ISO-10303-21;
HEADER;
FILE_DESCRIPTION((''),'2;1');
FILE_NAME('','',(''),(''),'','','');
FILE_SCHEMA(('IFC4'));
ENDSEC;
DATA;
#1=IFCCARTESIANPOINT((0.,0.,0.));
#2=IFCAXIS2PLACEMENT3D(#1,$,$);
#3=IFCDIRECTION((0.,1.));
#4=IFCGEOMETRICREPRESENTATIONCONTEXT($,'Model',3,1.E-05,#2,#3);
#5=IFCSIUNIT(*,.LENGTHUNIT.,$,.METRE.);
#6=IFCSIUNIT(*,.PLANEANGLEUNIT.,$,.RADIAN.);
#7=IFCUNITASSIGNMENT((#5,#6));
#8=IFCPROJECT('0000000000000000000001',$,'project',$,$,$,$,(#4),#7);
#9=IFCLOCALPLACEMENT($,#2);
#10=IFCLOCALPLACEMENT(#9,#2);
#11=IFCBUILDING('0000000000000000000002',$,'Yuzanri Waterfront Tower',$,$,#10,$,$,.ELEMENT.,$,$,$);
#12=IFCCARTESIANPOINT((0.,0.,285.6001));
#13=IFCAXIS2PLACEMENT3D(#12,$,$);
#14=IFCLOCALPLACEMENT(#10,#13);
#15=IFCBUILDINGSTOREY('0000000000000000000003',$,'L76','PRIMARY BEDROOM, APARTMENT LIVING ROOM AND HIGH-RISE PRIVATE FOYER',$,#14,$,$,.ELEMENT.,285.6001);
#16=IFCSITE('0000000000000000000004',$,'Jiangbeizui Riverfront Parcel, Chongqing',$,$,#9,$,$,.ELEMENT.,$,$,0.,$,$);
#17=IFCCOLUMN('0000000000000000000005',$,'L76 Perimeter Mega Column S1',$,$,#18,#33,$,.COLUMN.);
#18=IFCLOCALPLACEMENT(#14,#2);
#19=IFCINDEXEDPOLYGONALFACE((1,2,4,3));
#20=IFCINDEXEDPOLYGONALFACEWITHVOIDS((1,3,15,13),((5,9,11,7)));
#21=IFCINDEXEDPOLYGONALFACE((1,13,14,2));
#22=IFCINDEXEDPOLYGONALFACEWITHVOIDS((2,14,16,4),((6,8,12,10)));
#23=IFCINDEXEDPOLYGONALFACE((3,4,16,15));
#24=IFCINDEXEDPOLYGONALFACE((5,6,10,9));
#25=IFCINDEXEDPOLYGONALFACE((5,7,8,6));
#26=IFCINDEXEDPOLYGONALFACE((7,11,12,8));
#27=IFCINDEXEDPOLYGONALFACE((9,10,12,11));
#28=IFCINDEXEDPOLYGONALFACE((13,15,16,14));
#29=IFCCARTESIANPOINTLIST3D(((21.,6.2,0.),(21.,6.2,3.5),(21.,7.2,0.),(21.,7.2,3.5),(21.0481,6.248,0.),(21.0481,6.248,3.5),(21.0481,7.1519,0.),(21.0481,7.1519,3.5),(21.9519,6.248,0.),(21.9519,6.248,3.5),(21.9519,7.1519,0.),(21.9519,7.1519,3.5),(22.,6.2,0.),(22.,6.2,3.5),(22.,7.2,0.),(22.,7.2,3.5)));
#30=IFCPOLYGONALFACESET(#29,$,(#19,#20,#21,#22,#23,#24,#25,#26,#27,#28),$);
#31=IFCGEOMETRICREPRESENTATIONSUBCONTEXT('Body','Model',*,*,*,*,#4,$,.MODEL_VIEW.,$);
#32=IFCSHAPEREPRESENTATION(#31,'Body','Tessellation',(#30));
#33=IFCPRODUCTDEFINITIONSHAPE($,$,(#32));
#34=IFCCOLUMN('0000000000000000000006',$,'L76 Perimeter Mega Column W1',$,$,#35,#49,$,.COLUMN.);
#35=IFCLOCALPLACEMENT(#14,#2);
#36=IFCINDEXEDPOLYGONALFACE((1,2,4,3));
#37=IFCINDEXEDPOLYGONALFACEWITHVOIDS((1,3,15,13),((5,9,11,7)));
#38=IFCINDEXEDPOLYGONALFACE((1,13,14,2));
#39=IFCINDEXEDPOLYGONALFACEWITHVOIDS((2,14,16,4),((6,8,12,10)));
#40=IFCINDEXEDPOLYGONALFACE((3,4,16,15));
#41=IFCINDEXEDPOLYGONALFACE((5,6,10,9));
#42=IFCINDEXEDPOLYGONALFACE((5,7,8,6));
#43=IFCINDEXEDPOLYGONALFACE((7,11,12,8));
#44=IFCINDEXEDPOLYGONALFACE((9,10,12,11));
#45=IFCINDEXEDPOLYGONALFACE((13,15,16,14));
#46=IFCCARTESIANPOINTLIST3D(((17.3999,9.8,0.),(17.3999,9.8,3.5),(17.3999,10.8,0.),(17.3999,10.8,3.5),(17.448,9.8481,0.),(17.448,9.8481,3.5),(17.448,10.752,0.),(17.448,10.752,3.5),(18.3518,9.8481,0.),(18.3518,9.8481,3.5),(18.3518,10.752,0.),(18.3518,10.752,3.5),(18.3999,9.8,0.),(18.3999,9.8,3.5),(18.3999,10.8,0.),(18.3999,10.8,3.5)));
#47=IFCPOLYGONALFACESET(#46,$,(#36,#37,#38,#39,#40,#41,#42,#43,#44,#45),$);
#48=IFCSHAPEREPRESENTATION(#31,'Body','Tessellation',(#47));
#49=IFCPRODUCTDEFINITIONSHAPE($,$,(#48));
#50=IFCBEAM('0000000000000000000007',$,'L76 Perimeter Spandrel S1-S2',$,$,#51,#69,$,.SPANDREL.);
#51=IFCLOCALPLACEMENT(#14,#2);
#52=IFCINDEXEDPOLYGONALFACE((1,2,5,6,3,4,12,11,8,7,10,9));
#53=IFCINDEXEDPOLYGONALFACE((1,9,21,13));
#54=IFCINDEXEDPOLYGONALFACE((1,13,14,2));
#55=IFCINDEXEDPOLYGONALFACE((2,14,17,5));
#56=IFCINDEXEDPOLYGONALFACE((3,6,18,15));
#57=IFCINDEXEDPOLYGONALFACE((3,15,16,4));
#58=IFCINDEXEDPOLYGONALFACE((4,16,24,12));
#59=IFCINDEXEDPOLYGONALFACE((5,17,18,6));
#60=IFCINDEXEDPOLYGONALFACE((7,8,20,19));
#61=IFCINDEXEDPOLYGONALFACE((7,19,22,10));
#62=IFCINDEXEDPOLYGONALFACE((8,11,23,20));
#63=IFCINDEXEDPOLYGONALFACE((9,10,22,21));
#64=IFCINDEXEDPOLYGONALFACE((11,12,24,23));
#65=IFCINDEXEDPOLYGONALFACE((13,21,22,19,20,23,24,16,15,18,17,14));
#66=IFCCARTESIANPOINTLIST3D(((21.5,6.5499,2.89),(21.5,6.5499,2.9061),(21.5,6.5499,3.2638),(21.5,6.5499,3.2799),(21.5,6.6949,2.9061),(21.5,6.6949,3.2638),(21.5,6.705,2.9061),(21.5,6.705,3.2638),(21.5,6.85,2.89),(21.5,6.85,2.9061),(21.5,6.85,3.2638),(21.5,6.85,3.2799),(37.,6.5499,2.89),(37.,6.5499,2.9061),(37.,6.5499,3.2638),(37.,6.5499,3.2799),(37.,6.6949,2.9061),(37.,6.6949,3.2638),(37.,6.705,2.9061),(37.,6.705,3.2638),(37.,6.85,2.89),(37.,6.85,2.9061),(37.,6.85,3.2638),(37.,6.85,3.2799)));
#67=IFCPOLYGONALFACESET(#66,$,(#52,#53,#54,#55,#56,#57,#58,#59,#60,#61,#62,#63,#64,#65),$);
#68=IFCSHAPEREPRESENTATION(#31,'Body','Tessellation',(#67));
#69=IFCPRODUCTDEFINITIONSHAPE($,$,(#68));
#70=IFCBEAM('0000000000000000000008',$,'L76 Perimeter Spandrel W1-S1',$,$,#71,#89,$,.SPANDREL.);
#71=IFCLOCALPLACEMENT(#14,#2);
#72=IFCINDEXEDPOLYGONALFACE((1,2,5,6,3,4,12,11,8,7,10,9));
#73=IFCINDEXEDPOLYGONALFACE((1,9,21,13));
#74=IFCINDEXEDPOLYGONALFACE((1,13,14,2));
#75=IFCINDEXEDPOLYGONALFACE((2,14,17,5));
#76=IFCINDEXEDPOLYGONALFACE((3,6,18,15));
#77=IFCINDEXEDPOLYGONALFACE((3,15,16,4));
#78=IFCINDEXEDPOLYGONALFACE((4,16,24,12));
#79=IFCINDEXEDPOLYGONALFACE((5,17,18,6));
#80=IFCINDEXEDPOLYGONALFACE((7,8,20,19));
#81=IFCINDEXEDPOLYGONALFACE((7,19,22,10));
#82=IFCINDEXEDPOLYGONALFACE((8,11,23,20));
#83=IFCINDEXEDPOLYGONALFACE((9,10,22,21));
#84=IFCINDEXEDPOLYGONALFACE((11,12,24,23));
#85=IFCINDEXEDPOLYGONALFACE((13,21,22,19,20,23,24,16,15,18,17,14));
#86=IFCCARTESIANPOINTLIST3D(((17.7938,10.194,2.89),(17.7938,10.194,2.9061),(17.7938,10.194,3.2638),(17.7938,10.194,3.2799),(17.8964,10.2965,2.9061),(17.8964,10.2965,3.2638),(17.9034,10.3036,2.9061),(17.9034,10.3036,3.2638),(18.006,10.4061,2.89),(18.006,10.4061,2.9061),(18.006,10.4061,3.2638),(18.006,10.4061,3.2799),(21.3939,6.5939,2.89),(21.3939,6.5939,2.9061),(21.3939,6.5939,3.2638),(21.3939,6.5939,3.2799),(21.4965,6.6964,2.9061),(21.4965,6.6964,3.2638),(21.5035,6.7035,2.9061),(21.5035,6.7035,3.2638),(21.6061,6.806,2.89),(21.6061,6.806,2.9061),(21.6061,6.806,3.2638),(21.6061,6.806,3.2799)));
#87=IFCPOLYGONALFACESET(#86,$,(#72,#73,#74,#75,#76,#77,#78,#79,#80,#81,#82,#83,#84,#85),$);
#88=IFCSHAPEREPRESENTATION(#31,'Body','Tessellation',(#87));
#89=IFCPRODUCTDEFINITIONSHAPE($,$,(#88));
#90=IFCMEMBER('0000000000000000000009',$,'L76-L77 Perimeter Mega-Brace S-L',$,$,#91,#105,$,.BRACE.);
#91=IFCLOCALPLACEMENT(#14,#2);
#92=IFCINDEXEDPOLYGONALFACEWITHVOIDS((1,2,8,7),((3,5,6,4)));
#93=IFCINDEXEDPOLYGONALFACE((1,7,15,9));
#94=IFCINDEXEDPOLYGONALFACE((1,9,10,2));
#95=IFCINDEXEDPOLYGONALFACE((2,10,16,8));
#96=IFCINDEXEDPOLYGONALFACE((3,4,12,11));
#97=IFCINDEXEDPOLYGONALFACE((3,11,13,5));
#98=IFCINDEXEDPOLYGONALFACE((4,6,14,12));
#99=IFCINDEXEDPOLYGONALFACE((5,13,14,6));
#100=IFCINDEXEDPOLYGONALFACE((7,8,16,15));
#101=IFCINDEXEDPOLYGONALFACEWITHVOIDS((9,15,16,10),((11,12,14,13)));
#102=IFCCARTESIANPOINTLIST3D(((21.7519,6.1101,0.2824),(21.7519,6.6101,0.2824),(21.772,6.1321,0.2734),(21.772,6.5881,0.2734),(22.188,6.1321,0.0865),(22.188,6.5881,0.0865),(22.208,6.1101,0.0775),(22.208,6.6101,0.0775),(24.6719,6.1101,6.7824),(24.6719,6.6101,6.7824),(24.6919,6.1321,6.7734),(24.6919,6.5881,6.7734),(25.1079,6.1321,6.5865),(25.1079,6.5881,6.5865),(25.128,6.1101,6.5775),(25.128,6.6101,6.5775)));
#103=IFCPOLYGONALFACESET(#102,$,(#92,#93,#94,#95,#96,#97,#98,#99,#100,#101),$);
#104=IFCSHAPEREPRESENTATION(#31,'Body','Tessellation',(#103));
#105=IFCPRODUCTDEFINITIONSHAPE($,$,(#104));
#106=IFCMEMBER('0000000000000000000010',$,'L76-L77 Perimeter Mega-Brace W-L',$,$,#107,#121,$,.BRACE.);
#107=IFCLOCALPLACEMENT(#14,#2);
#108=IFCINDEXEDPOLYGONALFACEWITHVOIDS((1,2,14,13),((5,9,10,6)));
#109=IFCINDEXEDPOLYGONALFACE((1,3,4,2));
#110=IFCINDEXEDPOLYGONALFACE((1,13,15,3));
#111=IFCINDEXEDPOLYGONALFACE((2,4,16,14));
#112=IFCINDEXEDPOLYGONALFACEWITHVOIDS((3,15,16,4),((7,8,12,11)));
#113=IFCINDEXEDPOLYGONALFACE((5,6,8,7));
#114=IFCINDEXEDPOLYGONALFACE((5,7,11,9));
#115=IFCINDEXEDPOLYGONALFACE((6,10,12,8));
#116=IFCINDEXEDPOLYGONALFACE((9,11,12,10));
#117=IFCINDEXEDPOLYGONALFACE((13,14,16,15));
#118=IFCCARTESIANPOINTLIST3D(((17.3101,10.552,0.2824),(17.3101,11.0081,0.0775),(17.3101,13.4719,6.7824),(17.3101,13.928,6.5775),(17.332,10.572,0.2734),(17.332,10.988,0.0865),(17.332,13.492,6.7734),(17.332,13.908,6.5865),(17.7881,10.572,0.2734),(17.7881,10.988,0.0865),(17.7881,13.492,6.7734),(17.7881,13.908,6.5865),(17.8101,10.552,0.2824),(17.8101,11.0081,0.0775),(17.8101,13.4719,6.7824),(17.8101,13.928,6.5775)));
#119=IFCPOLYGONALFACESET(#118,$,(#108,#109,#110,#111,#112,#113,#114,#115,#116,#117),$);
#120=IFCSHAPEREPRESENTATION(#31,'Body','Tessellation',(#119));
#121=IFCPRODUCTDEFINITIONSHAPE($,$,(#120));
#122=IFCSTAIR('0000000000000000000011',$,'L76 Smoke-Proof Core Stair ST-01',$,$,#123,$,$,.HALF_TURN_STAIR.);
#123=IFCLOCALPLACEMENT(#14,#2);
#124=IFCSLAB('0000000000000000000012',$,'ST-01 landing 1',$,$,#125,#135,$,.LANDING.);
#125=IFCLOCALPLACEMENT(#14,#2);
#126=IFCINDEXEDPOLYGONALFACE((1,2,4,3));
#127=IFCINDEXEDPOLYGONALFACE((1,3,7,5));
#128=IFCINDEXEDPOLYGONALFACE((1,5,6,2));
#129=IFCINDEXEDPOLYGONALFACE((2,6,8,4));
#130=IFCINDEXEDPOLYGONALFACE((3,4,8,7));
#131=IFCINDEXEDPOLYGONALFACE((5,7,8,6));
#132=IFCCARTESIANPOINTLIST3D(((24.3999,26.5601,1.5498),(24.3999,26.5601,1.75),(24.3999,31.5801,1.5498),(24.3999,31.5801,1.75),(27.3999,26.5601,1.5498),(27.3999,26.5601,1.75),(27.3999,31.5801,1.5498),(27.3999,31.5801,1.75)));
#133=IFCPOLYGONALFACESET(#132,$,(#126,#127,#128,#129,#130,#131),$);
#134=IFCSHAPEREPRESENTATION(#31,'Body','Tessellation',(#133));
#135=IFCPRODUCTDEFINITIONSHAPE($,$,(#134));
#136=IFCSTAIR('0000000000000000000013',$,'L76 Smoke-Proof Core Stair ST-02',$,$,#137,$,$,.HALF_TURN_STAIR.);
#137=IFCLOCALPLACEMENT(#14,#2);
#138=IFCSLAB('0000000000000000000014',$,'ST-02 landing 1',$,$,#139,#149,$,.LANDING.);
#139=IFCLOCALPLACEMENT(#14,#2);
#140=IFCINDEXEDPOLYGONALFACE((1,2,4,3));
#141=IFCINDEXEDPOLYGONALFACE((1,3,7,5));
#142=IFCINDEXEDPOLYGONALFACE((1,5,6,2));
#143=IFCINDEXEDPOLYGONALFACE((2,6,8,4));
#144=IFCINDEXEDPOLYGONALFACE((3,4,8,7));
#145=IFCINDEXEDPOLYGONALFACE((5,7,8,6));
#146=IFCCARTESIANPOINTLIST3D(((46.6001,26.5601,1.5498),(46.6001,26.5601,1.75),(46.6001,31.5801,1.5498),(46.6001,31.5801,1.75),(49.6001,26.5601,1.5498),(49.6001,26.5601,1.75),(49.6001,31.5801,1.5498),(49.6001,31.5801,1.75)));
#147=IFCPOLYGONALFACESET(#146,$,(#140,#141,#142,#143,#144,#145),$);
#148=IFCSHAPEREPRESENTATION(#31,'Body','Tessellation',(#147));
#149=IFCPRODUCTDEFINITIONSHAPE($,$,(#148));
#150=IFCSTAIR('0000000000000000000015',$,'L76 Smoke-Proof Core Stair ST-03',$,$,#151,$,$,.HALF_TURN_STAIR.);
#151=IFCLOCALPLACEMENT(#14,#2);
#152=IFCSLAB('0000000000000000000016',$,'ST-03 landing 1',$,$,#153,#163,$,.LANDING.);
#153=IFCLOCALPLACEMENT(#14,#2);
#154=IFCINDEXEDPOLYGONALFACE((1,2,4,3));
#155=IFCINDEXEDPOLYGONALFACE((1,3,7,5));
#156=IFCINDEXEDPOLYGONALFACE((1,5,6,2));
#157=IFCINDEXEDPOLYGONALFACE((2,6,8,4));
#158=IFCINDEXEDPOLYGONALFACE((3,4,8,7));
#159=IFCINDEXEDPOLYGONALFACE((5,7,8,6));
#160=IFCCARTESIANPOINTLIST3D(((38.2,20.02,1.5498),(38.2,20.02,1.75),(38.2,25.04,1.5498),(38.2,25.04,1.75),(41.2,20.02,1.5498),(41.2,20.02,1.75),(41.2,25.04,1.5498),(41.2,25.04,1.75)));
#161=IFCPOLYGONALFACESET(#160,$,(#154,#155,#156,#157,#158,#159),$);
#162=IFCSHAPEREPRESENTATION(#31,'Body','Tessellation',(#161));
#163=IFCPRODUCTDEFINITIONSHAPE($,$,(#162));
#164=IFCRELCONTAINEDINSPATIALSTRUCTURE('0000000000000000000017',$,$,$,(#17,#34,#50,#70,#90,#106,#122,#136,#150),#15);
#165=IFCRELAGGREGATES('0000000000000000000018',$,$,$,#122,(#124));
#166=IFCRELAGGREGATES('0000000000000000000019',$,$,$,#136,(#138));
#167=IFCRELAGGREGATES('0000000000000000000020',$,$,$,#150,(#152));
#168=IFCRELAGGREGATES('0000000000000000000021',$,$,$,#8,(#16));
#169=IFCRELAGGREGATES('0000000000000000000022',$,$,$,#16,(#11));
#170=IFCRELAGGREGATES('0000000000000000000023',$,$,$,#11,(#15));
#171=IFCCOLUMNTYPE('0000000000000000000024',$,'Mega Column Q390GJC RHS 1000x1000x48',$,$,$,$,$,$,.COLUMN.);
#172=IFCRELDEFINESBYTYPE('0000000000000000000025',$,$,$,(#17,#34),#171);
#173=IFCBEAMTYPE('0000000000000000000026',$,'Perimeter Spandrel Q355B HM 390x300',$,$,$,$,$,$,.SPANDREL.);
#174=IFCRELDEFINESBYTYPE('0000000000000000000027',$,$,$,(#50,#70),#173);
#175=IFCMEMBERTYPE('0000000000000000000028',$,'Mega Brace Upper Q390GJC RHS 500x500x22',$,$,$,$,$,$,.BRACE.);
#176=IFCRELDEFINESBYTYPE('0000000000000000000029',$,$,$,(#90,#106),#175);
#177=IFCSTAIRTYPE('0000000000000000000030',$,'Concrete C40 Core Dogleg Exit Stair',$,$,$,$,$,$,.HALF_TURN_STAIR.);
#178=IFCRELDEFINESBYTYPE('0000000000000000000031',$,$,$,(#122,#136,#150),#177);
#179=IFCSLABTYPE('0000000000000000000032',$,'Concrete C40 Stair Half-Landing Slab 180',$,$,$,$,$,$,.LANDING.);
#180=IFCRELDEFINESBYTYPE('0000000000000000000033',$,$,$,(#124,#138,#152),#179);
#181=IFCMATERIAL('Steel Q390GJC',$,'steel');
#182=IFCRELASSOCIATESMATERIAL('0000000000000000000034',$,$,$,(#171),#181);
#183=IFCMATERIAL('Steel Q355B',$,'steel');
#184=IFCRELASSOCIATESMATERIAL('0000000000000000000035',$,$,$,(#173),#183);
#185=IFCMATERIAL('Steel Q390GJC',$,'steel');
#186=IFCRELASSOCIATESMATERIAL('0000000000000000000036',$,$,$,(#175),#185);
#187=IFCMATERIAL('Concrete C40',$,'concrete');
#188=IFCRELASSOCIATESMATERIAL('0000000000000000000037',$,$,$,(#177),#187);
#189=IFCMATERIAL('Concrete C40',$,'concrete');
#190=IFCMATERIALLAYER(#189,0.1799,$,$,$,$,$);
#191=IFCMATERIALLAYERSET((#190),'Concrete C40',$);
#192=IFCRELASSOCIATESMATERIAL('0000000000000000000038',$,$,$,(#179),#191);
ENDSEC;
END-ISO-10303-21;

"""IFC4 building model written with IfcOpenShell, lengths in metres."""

from ifc_helpers import new_model, si_unit, direction, frame, origin, origin_2d, place, context, subcontext, project, spatial, polyline, hollow_rectangle, i_section, outline, extrude, source, transform, mapped, material, layer, layer_set, material_profile, profile_set, type_object, element, aggregate, save


model = new_model("IFC4")

# Units and contexts
model_context = context("Model", 3, precision=1e-05, world=origin(), true_north=direction((0.0, 1.0)))
body_context = subcontext(model_context, "Body", "Model", "MODEL_VIEW")
ifc_project = project(units=[si_unit("LENGTHUNIT", "METRE"), si_unit("PLANEANGLEUNIT", "RADIAN")], contexts=[model_context])

# Site, building, storey
site_placement = place(None, origin())
site = spatial("IfcSite", under=ifc_project, at=site_placement, Name="Jiangbeizui Riverfront Parcel, Chongqing", CompositionType="ELEMENT", RefElevation=0.0)
building_placement = place(site_placement, origin())
building = spatial("IfcBuilding", under=site, at=building_placement, Name="Yuzanri Waterfront Tower", CompositionType="ELEMENT")
storey_placement = place(building_placement, frame((0.0, 0.0, 285.6001)))
storey = spatial("IfcBuildingStorey", under=building, at=storey_placement, Name="L76", Description="PRIMARY BEDROOM, APARTMENT LIVING ROOM AND HIGH-RISE PRIVATE FOYER", CompositionType="ELEMENT", Elevation=285.6001)

# Columns
ifc_material_1 = material(Name="Steel Q390GJC", Category="steel")
ifc_material_profile_1 = material_profile(ifc_material_1, hollow_rectangle(XDim=1.0, YDim=1.0, WallThickness=0.0481, at=origin_2d()), Name="RHS 1000x1000x48")
ifc_profile_set_1 = profile_set([ifc_material_profile_1], Name="Steel Q390GJC")
column_type = type_object("IfcColumnType", Name="Mega Column Q390GJC RHS 1000x1000x48", PredefinedType="COLUMN", material=ifc_profile_set_1)
shared_shape_1 = source(origin(), body_context, "Body", "SweptSolid", [
    extrude(hollow_rectangle(XDim=1.0, YDim=1.0, WallThickness=0.0481, at=origin_2d()), origin(), (0.0, 0.0, 1.0), 3.5),
])
for number, where, z_axis, x_axis, name in (
    (1, (21.5, 6.7, 0.0), (0.0, 0.0, 1.0), (1.0, 0.0, 0.0), "L76 Perimeter Mega Column S1"),
    (2, (17.8999, 10.3, 0.0), (0.0, 0.0, 1.0), (1.0, 0.0, 0.0), "L76 Perimeter Mega Column W1"),
):
    element("IfcColumn", number, at=place(storey_placement, frame(where, z_axis=z_axis, x_axis=x_axis)), inside=storey, type_object=column_type, Name=name, PredefinedType="COLUMN", context=body_context, shape_type="MappedRepresentation", body=[
        mapped(shared_shape_1, transform((0.0, 0.0, 0.0), scale=1.0)),
    ])

# Beams
ifc_material_2 = material(Name="Steel Q355B", Category="steel")
ifc_material_profile_2 = material_profile(ifc_material_2, i_section(OverallWidth=0.3, OverallDepth=0.3899, WebThickness=0.01, FlangeThickness=0.0161, at=origin_2d()), Name="HM 390x300x10x16")
ifc_profile_set_2 = profile_set([ifc_material_profile_2], Name="Steel Q355B")
beam_type = type_object("IfcBeamType", Name="Perimeter Spandrel Q355B HM 390x300", PredefinedType="SPANDREL", material=ifc_profile_set_2)
shared_shape_2 = source(origin(), body_context, "Body", "SweptSolid", [
    extrude(i_section(OverallWidth=0.3, OverallDepth=0.3899, WebThickness=0.01, FlangeThickness=0.0161, at=origin_2d()), origin(), (0.0, 0.0, 1.0), 15.5),
])
beam_1_placement = place(storey_placement, frame((21.5, 6.7, 3.085), z_axis=(1.0, 0.0, 0.0), x_axis=(0.0, 1.0, 0.0)))
element("IfcBeam", 3, at=beam_1_placement, inside=storey, type_object=beam_type, Name="L76 Perimeter Spandrel S1-S2", PredefinedType="SPANDREL", context=body_context, shape_type="MappedRepresentation", body=[
    mapped(shared_shape_2, transform((0.0, 0.0, 0.0), scale=1.0)),
])
shared_shape_3 = source(origin(), body_context, "Body", "SweptSolid", [
    extrude(i_section(OverallWidth=0.3, OverallDepth=0.3899, WebThickness=0.01, FlangeThickness=0.0161, at=origin_2d()), origin(), (0.0, 0.0, 1.0), 5.0913),
])
beam_2_placement = place(storey_placement, frame((17.8999, 10.3, 3.085), z_axis=(0.707107, -0.707107, 0.0), x_axis=(0.707107, 0.707107, 0.0)))
element("IfcBeam", 4, at=beam_2_placement, inside=storey, type_object=beam_type, Name="L76 Perimeter Spandrel W1-S1", PredefinedType="SPANDREL", context=body_context, shape_type="MappedRepresentation", body=[
    mapped(shared_shape_3, transform((0.0, 0.0, 0.0), scale=1.0)),
])

# Members
ifc_material_3 = material(Name="Steel Q390GJC", Category="steel")
ifc_material_profile_3 = material_profile(ifc_material_3, hollow_rectangle(XDim=0.5, YDim=0.5, WallThickness=0.022, at=origin_2d()), Name="RHS 500x500x22")
ifc_profile_set_3 = profile_set([ifc_material_profile_3], Name="Steel Q390GJC")
member_type = type_object("IfcMemberType", Name="Mega Brace Upper Q390GJC RHS 500x500x22", PredefinedType="BRACE", material=ifc_profile_set_3)
shared_shape_4 = source(origin(), body_context, "Body", "SweptSolid", [
    extrude(hollow_rectangle(XDim=0.5, YDim=0.5, WallThickness=0.022, at=origin_2d()), origin(), (0.0, 0.0, 1.0), 7.1257),
])
for number, where, z_axis, x_axis, name in (
    (5, (21.98, 6.3601, 0.1799), (0.409772, 0.0, 0.912188), (0.0, 1.0, 0.0), "L76-L77 Perimeter Mega-Brace S-L"),
    (6, (17.5601, 10.78, 0.1799), (0.0, 0.409772, 0.912188), (-1.0, 0.0, 0.0), "L76-L77 Perimeter Mega-Brace W-L"),
):
    element("IfcMember", number, at=place(storey_placement, frame(where, z_axis=z_axis, x_axis=x_axis)), inside=storey, type_object=member_type, Name=name, PredefinedType="BRACE", context=body_context, shape_type="MappedRepresentation", body=[
        mapped(shared_shape_4, transform((0.0, 0.0, 0.0), scale=1.0)),
    ])

# Stairs, slabs
ifc_material_4 = material(Name="Concrete C40", Category="concrete")
stair_type = type_object("IfcStairType", Name="Concrete C40 Core Dogleg Exit Stair", PredefinedType="HALF_TURN_STAIR", material=ifc_material_4)
stair_1_placement = place(storey_placement, origin())
stair_1 = element("IfcStair", 7, at=stair_1_placement, inside=storey, type_object=stair_type, Name="L76 Smoke-Proof Core Stair ST-01", PredefinedType="HALF_TURN_STAIR")
ifc_material_5 = material(Name="Concrete C40", Category="concrete")
ifc_layer_1 = layer(ifc_material_5, 0.1799)
ifc_layer_set_1 = layer_set([ifc_layer_1], Name="Concrete C40")
slab_type_1 = type_object("IfcSlabType", Name="Concrete C40 Stair Half-Landing Slab 180", PredefinedType="LANDING", material=ifc_layer_set_1)
slab_1_placement = place(storey_placement, frame((0.0, 0.0, 1.5498)))
slab_1 = element("IfcSlab", 8, at=slab_1_placement, type_object=slab_type_1, Name="ST-01 landing 1", PredefinedType="LANDING", context=body_context, shape_type="SweptSolid", body=[
    extrude(outline(polyline([(27.3999, 26.5601), (27.3999, 31.5801), (24.3999, 31.5801), (24.3999, 26.5601), (27.3999, 26.5601)])), origin(), (0.0, 0.0, 1.0), 0.2002),
])
aggregate(stair_1, [slab_1])
stair_2_placement = place(storey_placement, origin())
stair_2 = element("IfcStair", 9, at=stair_2_placement, inside=storey, type_object=stair_type, Name="L76 Smoke-Proof Core Stair ST-02", PredefinedType="HALF_TURN_STAIR")
slab_2_placement = place(storey_placement, frame((0.0, 0.0, 1.5498)))
slab_2 = element("IfcSlab", 10, at=slab_2_placement, type_object=slab_type_1, Name="ST-02 landing 1", PredefinedType="LANDING", context=body_context, shape_type="SweptSolid", body=[
    extrude(outline(polyline([(49.6001, 26.5601), (49.6001, 31.5801), (46.6001, 31.5801), (46.6001, 26.5601), (49.6001, 26.5601)])), origin(), (0.0, 0.0, 1.0), 0.2002),
])
aggregate(stair_2, [slab_2])
stair_3_placement = place(storey_placement, origin())
stair_3 = element("IfcStair", 11, at=stair_3_placement, inside=storey, type_object=stair_type, Name="L76 Smoke-Proof Core Stair ST-03", PredefinedType="HALF_TURN_STAIR")
slab_3_placement = place(storey_placement, frame((0.0, 0.0, 1.5498)))
slab_3 = element("IfcSlab", 12, at=slab_3_placement, type_object=slab_type_1, Name="ST-03 landing 1", PredefinedType="LANDING", context=body_context, shape_type="SweptSolid", body=[
    extrude(outline(polyline([(38.2, 25.04), (38.2, 20.02), (41.2, 20.02), (41.2, 25.04), (38.2, 25.04)])), origin(), (0.0, 0.0, 1.0), 0.2002),
])
aggregate(stair_3, [slab_3])

save(model, "model.ifc")
